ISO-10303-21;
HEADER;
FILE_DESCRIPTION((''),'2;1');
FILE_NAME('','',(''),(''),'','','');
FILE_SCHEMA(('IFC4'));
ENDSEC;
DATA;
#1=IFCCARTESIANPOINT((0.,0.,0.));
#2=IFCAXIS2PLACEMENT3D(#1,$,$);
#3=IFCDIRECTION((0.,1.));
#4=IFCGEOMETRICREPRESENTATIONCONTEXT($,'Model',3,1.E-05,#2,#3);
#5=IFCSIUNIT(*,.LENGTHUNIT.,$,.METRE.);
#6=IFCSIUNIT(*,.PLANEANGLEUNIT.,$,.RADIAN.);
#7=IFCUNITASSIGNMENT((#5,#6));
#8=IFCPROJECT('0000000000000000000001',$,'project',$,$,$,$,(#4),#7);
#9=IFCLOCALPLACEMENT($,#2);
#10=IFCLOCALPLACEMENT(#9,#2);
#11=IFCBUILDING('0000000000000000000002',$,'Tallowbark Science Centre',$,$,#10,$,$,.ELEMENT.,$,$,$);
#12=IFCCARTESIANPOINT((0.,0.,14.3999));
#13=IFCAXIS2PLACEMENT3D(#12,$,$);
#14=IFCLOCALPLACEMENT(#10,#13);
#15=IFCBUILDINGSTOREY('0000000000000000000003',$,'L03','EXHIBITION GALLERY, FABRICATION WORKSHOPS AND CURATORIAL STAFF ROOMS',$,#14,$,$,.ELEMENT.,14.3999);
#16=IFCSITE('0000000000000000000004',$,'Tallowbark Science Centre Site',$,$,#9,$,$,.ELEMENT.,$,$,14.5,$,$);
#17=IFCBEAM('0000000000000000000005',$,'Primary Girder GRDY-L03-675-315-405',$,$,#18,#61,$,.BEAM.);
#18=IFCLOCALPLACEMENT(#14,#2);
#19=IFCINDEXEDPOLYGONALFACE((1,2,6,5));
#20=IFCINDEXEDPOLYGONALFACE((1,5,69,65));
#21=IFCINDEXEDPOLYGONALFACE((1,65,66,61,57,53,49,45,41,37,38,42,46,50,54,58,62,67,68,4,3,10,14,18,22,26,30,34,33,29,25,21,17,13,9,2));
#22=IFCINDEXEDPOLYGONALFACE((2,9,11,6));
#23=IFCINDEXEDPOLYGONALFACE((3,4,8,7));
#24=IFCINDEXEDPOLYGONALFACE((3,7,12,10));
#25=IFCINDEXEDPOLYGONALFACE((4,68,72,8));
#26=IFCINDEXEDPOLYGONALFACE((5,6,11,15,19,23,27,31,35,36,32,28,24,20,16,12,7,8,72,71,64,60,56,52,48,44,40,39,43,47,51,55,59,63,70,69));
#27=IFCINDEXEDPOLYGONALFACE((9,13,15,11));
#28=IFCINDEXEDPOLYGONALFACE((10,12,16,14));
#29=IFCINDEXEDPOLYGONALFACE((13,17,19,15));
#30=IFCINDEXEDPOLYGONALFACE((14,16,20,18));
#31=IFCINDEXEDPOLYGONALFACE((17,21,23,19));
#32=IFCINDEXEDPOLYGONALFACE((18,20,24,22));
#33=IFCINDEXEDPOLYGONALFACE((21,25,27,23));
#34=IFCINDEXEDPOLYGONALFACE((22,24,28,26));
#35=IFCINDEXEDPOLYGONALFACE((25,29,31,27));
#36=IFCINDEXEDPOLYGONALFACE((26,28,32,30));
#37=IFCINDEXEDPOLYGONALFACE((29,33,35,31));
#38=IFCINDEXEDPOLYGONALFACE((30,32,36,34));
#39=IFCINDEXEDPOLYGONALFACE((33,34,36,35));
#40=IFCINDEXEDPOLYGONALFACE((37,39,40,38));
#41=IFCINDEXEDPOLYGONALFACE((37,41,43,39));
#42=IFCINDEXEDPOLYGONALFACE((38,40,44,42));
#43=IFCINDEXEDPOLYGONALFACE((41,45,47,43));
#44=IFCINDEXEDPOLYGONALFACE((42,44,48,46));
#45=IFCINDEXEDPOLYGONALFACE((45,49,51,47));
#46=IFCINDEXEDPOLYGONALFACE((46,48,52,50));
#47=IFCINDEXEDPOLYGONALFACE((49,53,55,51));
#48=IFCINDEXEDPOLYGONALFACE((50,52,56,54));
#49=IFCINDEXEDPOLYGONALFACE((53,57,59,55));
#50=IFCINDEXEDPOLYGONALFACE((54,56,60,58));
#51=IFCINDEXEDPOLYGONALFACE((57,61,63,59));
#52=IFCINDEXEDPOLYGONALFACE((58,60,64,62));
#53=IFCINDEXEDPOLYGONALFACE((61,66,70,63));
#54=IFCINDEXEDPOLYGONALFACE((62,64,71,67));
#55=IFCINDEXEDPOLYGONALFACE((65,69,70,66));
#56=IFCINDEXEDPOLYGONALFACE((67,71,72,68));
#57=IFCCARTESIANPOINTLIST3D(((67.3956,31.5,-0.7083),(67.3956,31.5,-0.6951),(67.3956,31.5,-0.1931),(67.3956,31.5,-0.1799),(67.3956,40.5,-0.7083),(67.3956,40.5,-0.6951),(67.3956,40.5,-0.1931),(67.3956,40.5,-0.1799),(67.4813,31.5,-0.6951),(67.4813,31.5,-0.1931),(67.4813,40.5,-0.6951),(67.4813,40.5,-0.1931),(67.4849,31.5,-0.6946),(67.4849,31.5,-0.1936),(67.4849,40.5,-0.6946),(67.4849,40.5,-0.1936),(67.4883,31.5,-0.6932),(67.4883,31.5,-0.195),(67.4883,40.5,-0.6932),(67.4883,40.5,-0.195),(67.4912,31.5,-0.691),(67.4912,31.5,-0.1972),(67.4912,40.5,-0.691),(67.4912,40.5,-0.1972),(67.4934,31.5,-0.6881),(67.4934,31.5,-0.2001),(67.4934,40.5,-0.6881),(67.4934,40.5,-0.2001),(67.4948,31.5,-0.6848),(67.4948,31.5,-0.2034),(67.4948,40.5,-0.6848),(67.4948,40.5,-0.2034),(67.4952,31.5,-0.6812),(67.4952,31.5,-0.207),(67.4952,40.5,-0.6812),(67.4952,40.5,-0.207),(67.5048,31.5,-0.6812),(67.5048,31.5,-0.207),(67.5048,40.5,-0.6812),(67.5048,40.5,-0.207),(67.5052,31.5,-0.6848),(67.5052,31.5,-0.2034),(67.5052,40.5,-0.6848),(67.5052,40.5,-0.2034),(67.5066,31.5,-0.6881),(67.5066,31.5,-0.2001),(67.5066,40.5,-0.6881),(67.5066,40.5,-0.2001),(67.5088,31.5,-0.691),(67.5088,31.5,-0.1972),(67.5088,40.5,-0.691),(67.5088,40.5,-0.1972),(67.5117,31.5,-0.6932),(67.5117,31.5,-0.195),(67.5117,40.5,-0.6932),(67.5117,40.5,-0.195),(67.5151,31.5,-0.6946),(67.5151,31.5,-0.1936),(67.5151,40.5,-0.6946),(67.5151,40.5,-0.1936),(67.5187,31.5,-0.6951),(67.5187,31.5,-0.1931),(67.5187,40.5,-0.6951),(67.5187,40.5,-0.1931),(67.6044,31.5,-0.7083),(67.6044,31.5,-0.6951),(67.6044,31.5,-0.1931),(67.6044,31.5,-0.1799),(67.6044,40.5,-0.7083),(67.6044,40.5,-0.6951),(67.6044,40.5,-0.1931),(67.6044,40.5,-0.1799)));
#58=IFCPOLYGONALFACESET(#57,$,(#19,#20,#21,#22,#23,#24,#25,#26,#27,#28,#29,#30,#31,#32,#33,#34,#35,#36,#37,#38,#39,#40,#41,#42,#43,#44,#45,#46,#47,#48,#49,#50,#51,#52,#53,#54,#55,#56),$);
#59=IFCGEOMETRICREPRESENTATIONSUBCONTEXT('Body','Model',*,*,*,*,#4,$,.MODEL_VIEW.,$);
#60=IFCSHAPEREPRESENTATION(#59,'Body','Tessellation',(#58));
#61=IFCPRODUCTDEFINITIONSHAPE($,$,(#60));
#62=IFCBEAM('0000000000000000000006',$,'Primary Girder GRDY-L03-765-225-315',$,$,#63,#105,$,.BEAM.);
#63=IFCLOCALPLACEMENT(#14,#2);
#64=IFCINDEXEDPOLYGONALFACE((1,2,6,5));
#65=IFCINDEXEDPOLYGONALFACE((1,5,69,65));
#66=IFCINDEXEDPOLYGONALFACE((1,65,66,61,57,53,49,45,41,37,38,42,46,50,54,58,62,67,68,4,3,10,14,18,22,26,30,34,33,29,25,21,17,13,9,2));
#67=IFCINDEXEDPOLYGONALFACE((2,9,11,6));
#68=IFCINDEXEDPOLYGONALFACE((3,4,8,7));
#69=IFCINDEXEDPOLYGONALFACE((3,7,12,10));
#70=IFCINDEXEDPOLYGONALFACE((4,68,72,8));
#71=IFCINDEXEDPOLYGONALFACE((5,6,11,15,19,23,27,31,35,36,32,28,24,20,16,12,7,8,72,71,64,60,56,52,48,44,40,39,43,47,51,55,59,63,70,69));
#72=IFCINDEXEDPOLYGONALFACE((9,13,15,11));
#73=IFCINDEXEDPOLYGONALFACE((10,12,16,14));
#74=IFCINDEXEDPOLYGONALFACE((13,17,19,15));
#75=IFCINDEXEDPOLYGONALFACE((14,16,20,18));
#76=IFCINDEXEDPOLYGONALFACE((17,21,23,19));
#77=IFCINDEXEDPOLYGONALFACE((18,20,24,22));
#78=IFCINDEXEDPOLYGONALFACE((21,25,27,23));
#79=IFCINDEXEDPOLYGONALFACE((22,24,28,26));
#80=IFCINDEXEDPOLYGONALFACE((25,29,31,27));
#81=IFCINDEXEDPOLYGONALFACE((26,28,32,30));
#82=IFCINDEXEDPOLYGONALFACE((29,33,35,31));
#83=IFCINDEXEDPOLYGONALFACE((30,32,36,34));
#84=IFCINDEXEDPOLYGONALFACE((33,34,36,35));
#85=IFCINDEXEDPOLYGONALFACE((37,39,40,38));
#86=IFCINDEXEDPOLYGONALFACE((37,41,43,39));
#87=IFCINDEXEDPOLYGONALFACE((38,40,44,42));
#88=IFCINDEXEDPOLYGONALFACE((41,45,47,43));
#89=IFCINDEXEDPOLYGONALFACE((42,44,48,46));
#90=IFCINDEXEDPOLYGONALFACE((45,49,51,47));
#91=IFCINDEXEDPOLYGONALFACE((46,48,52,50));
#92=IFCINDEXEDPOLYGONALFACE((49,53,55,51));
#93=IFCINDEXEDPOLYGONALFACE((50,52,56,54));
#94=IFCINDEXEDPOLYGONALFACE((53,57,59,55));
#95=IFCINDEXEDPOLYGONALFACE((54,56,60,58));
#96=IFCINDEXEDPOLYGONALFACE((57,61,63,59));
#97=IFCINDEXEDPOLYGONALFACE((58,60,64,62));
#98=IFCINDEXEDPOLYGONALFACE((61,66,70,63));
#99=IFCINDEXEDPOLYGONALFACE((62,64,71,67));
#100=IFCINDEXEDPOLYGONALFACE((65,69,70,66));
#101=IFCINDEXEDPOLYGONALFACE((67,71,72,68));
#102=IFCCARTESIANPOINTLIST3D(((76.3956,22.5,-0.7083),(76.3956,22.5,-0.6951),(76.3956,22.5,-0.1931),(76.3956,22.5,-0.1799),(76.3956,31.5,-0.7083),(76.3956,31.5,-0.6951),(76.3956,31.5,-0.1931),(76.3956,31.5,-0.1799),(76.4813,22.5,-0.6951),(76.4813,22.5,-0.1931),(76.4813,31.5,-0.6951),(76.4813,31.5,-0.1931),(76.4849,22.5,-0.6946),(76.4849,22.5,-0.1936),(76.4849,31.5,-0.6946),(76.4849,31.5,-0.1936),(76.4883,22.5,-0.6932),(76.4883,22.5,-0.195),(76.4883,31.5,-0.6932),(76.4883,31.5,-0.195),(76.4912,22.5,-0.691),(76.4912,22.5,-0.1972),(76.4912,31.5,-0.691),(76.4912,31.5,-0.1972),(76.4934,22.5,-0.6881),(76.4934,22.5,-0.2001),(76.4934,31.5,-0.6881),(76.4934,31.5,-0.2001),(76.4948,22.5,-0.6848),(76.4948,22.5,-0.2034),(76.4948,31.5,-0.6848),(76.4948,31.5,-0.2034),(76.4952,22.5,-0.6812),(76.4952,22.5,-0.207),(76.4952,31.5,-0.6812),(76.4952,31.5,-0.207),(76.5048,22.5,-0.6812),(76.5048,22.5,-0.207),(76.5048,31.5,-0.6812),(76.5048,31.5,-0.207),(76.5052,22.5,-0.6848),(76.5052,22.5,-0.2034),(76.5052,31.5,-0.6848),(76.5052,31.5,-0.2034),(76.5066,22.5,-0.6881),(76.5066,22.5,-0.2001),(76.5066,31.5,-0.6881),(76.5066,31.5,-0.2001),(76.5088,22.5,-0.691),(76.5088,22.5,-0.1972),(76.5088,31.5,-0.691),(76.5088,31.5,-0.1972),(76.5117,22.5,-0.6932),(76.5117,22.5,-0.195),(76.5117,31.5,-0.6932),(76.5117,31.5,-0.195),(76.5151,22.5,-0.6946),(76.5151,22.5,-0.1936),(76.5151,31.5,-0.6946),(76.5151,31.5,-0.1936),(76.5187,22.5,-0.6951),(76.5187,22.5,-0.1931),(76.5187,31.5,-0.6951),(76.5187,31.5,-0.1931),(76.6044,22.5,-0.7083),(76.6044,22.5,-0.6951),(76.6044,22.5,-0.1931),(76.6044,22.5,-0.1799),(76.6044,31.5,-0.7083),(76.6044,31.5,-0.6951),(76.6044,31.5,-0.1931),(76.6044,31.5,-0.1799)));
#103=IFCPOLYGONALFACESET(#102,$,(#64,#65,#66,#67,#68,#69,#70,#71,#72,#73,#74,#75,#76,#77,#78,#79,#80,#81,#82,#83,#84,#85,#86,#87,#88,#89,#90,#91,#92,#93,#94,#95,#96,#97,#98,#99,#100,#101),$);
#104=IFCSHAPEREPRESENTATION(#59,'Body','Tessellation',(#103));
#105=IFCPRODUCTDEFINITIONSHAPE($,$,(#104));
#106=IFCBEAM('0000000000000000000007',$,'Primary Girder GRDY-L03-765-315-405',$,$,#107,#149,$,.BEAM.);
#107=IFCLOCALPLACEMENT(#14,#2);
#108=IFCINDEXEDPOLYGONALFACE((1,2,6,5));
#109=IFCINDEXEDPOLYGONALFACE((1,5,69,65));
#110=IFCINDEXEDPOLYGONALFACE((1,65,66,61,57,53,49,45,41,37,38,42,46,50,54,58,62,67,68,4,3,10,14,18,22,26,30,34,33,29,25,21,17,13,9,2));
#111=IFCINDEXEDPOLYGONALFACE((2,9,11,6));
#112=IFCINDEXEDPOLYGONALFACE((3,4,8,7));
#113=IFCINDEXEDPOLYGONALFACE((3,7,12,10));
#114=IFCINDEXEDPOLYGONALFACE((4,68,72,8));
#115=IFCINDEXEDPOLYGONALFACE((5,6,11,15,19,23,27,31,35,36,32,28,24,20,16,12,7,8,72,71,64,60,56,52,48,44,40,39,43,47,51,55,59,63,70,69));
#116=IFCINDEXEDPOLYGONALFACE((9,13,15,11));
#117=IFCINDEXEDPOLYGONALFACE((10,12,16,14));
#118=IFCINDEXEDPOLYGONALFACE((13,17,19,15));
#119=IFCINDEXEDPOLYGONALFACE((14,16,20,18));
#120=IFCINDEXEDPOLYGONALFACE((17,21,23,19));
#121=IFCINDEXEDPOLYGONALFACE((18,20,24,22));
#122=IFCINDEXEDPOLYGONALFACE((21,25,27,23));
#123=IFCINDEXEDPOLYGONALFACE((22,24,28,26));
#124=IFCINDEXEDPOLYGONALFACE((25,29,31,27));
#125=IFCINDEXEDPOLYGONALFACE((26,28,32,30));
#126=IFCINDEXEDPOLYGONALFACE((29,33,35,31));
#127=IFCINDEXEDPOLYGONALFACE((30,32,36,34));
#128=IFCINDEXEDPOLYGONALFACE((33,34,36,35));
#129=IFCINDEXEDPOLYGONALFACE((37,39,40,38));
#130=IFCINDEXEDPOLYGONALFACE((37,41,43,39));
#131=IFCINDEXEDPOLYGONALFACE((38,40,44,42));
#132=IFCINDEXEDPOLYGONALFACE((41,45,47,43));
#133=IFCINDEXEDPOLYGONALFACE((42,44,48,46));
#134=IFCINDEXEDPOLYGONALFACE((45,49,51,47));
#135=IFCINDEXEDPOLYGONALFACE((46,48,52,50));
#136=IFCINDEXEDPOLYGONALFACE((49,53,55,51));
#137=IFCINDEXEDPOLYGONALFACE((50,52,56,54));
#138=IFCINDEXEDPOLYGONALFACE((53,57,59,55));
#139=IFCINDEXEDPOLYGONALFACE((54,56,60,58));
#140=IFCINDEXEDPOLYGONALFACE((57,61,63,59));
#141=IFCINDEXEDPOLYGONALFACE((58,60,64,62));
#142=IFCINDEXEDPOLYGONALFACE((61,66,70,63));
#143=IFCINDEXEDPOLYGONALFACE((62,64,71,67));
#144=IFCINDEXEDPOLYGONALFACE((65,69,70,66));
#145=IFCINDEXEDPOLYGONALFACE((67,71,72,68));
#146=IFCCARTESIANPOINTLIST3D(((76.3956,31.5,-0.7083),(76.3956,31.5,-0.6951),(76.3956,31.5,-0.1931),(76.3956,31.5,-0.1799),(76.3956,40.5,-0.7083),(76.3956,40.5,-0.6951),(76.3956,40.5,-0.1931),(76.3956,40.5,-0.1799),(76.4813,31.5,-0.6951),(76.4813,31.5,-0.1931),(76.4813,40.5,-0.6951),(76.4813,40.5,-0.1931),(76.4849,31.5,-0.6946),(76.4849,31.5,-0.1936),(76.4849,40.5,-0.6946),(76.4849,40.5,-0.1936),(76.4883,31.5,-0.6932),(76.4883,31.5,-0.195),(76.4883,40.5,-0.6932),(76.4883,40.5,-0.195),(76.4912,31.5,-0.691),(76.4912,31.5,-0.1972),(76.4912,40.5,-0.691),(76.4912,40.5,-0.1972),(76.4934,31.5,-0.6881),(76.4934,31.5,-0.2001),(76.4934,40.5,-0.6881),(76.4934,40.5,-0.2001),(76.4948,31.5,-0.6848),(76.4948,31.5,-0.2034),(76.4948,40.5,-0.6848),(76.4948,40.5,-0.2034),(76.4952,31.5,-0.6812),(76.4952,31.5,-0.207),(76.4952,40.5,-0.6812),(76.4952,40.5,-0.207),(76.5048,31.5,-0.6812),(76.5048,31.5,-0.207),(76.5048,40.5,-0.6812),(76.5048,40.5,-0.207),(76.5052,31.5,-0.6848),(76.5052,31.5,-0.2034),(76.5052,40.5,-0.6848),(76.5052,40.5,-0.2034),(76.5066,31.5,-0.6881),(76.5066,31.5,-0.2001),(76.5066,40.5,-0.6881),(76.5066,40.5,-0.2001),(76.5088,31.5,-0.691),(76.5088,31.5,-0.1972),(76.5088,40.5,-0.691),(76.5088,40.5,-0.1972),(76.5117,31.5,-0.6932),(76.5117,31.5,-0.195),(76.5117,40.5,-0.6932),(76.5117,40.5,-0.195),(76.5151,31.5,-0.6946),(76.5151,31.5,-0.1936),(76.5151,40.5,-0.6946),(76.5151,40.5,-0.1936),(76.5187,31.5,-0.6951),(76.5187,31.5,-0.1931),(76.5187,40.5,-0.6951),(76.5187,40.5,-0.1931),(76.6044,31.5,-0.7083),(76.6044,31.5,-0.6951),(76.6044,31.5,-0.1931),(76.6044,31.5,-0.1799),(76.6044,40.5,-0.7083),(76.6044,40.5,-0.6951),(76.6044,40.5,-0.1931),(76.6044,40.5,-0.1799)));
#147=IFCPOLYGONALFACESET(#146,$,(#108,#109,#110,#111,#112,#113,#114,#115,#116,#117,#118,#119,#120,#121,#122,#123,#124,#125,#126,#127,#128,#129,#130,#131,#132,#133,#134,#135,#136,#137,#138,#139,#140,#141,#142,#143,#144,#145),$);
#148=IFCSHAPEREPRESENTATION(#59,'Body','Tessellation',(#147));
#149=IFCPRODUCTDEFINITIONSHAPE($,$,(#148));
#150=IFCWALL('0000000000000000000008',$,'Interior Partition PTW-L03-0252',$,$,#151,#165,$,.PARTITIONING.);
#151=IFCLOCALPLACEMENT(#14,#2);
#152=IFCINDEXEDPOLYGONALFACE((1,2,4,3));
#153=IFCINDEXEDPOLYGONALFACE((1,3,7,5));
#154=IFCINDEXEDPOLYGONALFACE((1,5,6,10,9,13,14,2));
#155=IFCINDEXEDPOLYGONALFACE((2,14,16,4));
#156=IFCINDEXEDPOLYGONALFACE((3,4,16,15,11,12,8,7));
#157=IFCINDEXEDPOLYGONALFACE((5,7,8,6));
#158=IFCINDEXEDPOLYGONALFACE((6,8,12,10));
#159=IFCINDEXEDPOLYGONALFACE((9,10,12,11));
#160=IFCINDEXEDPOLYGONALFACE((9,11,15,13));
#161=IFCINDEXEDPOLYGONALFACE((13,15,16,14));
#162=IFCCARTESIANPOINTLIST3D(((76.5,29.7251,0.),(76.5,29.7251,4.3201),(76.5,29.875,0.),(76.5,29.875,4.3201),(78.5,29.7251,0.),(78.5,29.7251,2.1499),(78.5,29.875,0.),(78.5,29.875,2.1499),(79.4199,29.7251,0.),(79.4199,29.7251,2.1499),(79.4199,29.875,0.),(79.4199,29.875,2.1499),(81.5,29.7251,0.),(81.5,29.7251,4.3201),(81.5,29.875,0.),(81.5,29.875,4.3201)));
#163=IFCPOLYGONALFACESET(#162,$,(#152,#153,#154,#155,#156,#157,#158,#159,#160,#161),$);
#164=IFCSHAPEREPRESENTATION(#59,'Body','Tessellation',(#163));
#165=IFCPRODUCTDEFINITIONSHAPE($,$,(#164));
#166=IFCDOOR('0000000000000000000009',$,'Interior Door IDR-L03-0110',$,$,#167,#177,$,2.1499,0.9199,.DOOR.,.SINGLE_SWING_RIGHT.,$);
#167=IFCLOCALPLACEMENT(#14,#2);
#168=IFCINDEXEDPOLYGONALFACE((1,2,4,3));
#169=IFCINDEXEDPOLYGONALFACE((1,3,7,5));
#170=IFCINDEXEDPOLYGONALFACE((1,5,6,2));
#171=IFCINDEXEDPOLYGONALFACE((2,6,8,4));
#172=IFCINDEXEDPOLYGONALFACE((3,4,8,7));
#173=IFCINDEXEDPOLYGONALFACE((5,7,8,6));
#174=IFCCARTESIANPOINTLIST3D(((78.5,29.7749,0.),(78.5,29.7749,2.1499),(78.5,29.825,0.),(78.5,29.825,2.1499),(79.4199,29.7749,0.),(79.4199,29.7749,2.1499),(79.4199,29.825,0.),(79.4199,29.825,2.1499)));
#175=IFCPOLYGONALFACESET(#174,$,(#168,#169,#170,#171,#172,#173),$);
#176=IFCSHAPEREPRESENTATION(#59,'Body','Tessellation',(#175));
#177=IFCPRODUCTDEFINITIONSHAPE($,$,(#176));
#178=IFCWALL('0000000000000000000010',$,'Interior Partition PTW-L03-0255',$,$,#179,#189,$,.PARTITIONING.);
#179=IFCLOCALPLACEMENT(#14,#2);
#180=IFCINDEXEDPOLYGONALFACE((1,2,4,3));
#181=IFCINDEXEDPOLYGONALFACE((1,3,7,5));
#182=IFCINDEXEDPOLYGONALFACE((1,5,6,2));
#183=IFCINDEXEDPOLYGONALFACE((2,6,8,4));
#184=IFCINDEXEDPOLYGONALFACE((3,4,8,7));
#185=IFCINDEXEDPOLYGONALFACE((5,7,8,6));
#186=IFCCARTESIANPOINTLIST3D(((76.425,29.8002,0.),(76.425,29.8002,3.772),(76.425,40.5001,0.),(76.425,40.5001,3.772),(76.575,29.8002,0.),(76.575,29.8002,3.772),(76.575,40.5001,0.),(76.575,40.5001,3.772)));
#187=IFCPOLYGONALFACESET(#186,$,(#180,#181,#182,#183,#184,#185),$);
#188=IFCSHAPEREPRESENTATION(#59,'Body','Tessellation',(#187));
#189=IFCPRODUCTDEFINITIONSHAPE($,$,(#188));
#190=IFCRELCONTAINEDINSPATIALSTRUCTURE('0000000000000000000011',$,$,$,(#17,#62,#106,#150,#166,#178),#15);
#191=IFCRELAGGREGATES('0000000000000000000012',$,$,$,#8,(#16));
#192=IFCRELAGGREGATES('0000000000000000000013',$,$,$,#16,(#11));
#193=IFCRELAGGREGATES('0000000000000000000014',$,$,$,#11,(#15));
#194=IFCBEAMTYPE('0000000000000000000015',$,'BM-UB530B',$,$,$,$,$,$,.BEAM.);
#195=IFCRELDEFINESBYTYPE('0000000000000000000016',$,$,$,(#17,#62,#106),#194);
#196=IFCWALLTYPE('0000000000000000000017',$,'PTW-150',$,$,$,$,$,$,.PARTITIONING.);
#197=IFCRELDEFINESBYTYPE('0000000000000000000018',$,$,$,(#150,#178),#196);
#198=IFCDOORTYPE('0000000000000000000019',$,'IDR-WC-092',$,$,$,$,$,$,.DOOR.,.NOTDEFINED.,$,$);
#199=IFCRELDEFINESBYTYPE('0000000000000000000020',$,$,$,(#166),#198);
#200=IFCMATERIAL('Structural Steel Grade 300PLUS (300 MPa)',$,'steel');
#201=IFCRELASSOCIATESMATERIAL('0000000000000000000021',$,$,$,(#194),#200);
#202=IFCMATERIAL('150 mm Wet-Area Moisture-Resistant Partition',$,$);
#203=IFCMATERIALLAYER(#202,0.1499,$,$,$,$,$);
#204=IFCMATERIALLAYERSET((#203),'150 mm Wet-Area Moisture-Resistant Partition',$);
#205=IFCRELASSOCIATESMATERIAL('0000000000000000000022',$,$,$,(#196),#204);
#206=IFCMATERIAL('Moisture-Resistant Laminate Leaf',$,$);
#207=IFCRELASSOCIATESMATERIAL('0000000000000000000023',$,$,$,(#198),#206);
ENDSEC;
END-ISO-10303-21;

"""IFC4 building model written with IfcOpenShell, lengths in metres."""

from ifc_helpers import new_model, si_unit, direction, frame, frame_2d, origin, origin_2d, place, context, subcontext, project, spatial, rectangle, i_section, extrude, material, layer, layer_set, material_profile, profile_set, type_object, element, fill, save


model = new_model("IFC4")

# Units and contexts
model_context = context("Model", 3, precision=1e-05, world=origin(), true_north=direction((0.0, 1.0)))
body_context = subcontext(model_context, "Body", "Model", "MODEL_VIEW")
ifc_project = project(units=[si_unit("LENGTHUNIT", "METRE"), si_unit("PLANEANGLEUNIT", "RADIAN")], contexts=[model_context])

# Site, building, storey
site_placement = place(None, origin())
site = spatial("IfcSite", under=ifc_project, at=site_placement, Name="Tallowbark Science Centre Site", CompositionType="ELEMENT", RefElevation=14.5)
building_placement = place(site_placement, origin())
building = spatial("IfcBuilding", under=site, at=building_placement, Name="Tallowbark Science Centre", CompositionType="ELEMENT")
storey_placement = place(building_placement, frame((0.0, 0.0, 14.3999)))
storey = spatial("IfcBuildingStorey", under=building, at=storey_placement, Name="L03", Description="EXHIBITION GALLERY, FABRICATION WORKSHOPS AND CURATORIAL STAFF ROOMS", CompositionType="ELEMENT", Elevation=14.3999)

# Shared definitions
ifc_material_1 = material(Name="Structural Steel Grade 300PLUS (300 MPa)", Category="steel")

# Beams
ifc_material_profile_1 = material_profile(ifc_material_1, i_section(OverallWidth=0.2087, OverallDepth=0.5283, WebThickness=0.0095, FlangeThickness=0.0132, FilletRadius=0.0139, at=origin_2d()), Name="530UB82.0")
ifc_profile_set_1 = profile_set([ifc_material_profile_1], Name="Structural Steel Grade 300PLUS (300 MPa)")
beam_type_1 = type_object("IfcBeamType", Name="BM-UB530B", PredefinedType="BEAM", material=ifc_profile_set_1)
for number, where, z_axis, x_axis, name in (
    (1, (67.5, 31.5, -0.4441), (0.0, 1.0, 0.0), (-1.0, 0.0, 0.0), "Primary Girder GRDY-L03-675-315-405"),
    (2, (76.5, 22.5, -0.4441), (0.0, 1.0, 0.0), (-1.0, 0.0, 0.0), "Primary Girder GRDY-L03-765-225-315"),
    (3, (76.5, 31.5, -0.4441), (0.0, 1.0, 0.0), (-1.0, 0.0, 0.0), "Primary Girder GRDY-L03-765-315-405"),
):
    element("IfcBeam", number, at=place(storey_placement, frame(where, z_axis=z_axis, x_axis=x_axis)), inside=storey, type_object=beam_type_1, Name=name, PredefinedType="BEAM", context=body_context, shape_type="SweptSolid", body=[
        extrude(i_section(OverallWidth=0.2087, OverallDepth=0.5283, WebThickness=0.0095, FlangeThickness=0.0132, FilletRadius=0.0139, at=origin_2d()), origin(), (0.0, 0.0, 1.0), 9.0),
    ])

# Wall, opening, door
ifc_material_2 = material(Name="150 mm Wet-Area Moisture-Resistant Partition")
ifc_layer_1 = layer(ifc_material_2, 0.1499)
ifc_layer_set_1 = layer_set([ifc_layer_1], Name="150 mm Wet-Area Moisture-Resistant Partition")
wall_type = type_object("IfcWallType", Name="PTW-150", PredefinedType="PARTITIONING", material=ifc_layer_set_1)
wall_1_placement = place(storey_placement, frame((76.5, 29.8, 0.0), z_axis=(0.0, 0.0, 1.0), x_axis=(1.0, 0.0, 0.0)))
wall_1 = element("IfcWall", 4, at=wall_1_placement, inside=storey, type_object=wall_type, Name="Interior Partition PTW-L03-0252", PredefinedType="PARTITIONING", context=body_context, shape_type="SweptSolid", body=[
    extrude(rectangle(XDim=5.0, YDim=0.1499, at=frame_2d((2.5, 0.0))), origin(), (0.0, 0.0, 1.0), 4.3201),
])
opening_placement = place(wall_1_placement, frame((2.0, 0.0, 0.0)))
opening = element("IfcOpeningElement", 5, at=opening_placement, cuts=wall_1, PredefinedType="OPENING", context=body_context, shape_type="SweptSolid", body=[
    extrude(rectangle(XDim=0.9199, YDim=2.1499, at=frame_2d((0.46, 1.075))), frame((0.0, 0.085, 0.0), z_axis=(0.0, -1.0, 0.0), x_axis=(1.0, 0.0, 0.0)), (0.0, 0.0, 1.0), 0.1699),
])
ifc_material_3 = material(Name="Moisture-Resistant Laminate Leaf")
door_type = type_object("IfcDoorType", Name="IDR-WC-092", OperationType="NOTDEFINED", PredefinedType="DOOR", material=ifc_material_3)
door_placement = place(opening_placement, origin())
door = element("IfcDoor", 6, at=door_placement, inside=storey, type_object=door_type, Name="Interior Door IDR-L03-0110", OperationType="SINGLE_SWING_RIGHT", OverallHeight=2.1499, OverallWidth=0.9199, PredefinedType="DOOR", context=body_context, shape_type="SweptSolid", body=[
    extrude(rectangle(XDim=0.9199, YDim=2.1499, at=frame_2d((0.46, 1.075))), frame((0.0, 0.0249, 0.0), z_axis=(0.0, -1.0, 0.0), x_axis=(1.0, 0.0, 0.0)), (0.0, 0.0, 1.0), 0.05),
])
fill(opening, door)

# Wall
wall_2_placement = place(storey_placement, frame((76.5, 29.8, 0.0), z_axis=(0.0, 0.0, 1.0), x_axis=(0.0, 1.0, 0.0)))
element("IfcWall", 7, at=wall_2_placement, inside=storey, type_object=wall_type, Name="Interior Partition PTW-L03-0255", PredefinedType="PARTITIONING", context=body_context, shape_type="SweptSolid", body=[
    extrude(rectangle(XDim=10.7, YDim=0.1499, at=frame_2d((5.3501, 0.0))), origin(), (0.0, 0.0, 1.0), 3.772),
])

save(model, "model.ifc")
